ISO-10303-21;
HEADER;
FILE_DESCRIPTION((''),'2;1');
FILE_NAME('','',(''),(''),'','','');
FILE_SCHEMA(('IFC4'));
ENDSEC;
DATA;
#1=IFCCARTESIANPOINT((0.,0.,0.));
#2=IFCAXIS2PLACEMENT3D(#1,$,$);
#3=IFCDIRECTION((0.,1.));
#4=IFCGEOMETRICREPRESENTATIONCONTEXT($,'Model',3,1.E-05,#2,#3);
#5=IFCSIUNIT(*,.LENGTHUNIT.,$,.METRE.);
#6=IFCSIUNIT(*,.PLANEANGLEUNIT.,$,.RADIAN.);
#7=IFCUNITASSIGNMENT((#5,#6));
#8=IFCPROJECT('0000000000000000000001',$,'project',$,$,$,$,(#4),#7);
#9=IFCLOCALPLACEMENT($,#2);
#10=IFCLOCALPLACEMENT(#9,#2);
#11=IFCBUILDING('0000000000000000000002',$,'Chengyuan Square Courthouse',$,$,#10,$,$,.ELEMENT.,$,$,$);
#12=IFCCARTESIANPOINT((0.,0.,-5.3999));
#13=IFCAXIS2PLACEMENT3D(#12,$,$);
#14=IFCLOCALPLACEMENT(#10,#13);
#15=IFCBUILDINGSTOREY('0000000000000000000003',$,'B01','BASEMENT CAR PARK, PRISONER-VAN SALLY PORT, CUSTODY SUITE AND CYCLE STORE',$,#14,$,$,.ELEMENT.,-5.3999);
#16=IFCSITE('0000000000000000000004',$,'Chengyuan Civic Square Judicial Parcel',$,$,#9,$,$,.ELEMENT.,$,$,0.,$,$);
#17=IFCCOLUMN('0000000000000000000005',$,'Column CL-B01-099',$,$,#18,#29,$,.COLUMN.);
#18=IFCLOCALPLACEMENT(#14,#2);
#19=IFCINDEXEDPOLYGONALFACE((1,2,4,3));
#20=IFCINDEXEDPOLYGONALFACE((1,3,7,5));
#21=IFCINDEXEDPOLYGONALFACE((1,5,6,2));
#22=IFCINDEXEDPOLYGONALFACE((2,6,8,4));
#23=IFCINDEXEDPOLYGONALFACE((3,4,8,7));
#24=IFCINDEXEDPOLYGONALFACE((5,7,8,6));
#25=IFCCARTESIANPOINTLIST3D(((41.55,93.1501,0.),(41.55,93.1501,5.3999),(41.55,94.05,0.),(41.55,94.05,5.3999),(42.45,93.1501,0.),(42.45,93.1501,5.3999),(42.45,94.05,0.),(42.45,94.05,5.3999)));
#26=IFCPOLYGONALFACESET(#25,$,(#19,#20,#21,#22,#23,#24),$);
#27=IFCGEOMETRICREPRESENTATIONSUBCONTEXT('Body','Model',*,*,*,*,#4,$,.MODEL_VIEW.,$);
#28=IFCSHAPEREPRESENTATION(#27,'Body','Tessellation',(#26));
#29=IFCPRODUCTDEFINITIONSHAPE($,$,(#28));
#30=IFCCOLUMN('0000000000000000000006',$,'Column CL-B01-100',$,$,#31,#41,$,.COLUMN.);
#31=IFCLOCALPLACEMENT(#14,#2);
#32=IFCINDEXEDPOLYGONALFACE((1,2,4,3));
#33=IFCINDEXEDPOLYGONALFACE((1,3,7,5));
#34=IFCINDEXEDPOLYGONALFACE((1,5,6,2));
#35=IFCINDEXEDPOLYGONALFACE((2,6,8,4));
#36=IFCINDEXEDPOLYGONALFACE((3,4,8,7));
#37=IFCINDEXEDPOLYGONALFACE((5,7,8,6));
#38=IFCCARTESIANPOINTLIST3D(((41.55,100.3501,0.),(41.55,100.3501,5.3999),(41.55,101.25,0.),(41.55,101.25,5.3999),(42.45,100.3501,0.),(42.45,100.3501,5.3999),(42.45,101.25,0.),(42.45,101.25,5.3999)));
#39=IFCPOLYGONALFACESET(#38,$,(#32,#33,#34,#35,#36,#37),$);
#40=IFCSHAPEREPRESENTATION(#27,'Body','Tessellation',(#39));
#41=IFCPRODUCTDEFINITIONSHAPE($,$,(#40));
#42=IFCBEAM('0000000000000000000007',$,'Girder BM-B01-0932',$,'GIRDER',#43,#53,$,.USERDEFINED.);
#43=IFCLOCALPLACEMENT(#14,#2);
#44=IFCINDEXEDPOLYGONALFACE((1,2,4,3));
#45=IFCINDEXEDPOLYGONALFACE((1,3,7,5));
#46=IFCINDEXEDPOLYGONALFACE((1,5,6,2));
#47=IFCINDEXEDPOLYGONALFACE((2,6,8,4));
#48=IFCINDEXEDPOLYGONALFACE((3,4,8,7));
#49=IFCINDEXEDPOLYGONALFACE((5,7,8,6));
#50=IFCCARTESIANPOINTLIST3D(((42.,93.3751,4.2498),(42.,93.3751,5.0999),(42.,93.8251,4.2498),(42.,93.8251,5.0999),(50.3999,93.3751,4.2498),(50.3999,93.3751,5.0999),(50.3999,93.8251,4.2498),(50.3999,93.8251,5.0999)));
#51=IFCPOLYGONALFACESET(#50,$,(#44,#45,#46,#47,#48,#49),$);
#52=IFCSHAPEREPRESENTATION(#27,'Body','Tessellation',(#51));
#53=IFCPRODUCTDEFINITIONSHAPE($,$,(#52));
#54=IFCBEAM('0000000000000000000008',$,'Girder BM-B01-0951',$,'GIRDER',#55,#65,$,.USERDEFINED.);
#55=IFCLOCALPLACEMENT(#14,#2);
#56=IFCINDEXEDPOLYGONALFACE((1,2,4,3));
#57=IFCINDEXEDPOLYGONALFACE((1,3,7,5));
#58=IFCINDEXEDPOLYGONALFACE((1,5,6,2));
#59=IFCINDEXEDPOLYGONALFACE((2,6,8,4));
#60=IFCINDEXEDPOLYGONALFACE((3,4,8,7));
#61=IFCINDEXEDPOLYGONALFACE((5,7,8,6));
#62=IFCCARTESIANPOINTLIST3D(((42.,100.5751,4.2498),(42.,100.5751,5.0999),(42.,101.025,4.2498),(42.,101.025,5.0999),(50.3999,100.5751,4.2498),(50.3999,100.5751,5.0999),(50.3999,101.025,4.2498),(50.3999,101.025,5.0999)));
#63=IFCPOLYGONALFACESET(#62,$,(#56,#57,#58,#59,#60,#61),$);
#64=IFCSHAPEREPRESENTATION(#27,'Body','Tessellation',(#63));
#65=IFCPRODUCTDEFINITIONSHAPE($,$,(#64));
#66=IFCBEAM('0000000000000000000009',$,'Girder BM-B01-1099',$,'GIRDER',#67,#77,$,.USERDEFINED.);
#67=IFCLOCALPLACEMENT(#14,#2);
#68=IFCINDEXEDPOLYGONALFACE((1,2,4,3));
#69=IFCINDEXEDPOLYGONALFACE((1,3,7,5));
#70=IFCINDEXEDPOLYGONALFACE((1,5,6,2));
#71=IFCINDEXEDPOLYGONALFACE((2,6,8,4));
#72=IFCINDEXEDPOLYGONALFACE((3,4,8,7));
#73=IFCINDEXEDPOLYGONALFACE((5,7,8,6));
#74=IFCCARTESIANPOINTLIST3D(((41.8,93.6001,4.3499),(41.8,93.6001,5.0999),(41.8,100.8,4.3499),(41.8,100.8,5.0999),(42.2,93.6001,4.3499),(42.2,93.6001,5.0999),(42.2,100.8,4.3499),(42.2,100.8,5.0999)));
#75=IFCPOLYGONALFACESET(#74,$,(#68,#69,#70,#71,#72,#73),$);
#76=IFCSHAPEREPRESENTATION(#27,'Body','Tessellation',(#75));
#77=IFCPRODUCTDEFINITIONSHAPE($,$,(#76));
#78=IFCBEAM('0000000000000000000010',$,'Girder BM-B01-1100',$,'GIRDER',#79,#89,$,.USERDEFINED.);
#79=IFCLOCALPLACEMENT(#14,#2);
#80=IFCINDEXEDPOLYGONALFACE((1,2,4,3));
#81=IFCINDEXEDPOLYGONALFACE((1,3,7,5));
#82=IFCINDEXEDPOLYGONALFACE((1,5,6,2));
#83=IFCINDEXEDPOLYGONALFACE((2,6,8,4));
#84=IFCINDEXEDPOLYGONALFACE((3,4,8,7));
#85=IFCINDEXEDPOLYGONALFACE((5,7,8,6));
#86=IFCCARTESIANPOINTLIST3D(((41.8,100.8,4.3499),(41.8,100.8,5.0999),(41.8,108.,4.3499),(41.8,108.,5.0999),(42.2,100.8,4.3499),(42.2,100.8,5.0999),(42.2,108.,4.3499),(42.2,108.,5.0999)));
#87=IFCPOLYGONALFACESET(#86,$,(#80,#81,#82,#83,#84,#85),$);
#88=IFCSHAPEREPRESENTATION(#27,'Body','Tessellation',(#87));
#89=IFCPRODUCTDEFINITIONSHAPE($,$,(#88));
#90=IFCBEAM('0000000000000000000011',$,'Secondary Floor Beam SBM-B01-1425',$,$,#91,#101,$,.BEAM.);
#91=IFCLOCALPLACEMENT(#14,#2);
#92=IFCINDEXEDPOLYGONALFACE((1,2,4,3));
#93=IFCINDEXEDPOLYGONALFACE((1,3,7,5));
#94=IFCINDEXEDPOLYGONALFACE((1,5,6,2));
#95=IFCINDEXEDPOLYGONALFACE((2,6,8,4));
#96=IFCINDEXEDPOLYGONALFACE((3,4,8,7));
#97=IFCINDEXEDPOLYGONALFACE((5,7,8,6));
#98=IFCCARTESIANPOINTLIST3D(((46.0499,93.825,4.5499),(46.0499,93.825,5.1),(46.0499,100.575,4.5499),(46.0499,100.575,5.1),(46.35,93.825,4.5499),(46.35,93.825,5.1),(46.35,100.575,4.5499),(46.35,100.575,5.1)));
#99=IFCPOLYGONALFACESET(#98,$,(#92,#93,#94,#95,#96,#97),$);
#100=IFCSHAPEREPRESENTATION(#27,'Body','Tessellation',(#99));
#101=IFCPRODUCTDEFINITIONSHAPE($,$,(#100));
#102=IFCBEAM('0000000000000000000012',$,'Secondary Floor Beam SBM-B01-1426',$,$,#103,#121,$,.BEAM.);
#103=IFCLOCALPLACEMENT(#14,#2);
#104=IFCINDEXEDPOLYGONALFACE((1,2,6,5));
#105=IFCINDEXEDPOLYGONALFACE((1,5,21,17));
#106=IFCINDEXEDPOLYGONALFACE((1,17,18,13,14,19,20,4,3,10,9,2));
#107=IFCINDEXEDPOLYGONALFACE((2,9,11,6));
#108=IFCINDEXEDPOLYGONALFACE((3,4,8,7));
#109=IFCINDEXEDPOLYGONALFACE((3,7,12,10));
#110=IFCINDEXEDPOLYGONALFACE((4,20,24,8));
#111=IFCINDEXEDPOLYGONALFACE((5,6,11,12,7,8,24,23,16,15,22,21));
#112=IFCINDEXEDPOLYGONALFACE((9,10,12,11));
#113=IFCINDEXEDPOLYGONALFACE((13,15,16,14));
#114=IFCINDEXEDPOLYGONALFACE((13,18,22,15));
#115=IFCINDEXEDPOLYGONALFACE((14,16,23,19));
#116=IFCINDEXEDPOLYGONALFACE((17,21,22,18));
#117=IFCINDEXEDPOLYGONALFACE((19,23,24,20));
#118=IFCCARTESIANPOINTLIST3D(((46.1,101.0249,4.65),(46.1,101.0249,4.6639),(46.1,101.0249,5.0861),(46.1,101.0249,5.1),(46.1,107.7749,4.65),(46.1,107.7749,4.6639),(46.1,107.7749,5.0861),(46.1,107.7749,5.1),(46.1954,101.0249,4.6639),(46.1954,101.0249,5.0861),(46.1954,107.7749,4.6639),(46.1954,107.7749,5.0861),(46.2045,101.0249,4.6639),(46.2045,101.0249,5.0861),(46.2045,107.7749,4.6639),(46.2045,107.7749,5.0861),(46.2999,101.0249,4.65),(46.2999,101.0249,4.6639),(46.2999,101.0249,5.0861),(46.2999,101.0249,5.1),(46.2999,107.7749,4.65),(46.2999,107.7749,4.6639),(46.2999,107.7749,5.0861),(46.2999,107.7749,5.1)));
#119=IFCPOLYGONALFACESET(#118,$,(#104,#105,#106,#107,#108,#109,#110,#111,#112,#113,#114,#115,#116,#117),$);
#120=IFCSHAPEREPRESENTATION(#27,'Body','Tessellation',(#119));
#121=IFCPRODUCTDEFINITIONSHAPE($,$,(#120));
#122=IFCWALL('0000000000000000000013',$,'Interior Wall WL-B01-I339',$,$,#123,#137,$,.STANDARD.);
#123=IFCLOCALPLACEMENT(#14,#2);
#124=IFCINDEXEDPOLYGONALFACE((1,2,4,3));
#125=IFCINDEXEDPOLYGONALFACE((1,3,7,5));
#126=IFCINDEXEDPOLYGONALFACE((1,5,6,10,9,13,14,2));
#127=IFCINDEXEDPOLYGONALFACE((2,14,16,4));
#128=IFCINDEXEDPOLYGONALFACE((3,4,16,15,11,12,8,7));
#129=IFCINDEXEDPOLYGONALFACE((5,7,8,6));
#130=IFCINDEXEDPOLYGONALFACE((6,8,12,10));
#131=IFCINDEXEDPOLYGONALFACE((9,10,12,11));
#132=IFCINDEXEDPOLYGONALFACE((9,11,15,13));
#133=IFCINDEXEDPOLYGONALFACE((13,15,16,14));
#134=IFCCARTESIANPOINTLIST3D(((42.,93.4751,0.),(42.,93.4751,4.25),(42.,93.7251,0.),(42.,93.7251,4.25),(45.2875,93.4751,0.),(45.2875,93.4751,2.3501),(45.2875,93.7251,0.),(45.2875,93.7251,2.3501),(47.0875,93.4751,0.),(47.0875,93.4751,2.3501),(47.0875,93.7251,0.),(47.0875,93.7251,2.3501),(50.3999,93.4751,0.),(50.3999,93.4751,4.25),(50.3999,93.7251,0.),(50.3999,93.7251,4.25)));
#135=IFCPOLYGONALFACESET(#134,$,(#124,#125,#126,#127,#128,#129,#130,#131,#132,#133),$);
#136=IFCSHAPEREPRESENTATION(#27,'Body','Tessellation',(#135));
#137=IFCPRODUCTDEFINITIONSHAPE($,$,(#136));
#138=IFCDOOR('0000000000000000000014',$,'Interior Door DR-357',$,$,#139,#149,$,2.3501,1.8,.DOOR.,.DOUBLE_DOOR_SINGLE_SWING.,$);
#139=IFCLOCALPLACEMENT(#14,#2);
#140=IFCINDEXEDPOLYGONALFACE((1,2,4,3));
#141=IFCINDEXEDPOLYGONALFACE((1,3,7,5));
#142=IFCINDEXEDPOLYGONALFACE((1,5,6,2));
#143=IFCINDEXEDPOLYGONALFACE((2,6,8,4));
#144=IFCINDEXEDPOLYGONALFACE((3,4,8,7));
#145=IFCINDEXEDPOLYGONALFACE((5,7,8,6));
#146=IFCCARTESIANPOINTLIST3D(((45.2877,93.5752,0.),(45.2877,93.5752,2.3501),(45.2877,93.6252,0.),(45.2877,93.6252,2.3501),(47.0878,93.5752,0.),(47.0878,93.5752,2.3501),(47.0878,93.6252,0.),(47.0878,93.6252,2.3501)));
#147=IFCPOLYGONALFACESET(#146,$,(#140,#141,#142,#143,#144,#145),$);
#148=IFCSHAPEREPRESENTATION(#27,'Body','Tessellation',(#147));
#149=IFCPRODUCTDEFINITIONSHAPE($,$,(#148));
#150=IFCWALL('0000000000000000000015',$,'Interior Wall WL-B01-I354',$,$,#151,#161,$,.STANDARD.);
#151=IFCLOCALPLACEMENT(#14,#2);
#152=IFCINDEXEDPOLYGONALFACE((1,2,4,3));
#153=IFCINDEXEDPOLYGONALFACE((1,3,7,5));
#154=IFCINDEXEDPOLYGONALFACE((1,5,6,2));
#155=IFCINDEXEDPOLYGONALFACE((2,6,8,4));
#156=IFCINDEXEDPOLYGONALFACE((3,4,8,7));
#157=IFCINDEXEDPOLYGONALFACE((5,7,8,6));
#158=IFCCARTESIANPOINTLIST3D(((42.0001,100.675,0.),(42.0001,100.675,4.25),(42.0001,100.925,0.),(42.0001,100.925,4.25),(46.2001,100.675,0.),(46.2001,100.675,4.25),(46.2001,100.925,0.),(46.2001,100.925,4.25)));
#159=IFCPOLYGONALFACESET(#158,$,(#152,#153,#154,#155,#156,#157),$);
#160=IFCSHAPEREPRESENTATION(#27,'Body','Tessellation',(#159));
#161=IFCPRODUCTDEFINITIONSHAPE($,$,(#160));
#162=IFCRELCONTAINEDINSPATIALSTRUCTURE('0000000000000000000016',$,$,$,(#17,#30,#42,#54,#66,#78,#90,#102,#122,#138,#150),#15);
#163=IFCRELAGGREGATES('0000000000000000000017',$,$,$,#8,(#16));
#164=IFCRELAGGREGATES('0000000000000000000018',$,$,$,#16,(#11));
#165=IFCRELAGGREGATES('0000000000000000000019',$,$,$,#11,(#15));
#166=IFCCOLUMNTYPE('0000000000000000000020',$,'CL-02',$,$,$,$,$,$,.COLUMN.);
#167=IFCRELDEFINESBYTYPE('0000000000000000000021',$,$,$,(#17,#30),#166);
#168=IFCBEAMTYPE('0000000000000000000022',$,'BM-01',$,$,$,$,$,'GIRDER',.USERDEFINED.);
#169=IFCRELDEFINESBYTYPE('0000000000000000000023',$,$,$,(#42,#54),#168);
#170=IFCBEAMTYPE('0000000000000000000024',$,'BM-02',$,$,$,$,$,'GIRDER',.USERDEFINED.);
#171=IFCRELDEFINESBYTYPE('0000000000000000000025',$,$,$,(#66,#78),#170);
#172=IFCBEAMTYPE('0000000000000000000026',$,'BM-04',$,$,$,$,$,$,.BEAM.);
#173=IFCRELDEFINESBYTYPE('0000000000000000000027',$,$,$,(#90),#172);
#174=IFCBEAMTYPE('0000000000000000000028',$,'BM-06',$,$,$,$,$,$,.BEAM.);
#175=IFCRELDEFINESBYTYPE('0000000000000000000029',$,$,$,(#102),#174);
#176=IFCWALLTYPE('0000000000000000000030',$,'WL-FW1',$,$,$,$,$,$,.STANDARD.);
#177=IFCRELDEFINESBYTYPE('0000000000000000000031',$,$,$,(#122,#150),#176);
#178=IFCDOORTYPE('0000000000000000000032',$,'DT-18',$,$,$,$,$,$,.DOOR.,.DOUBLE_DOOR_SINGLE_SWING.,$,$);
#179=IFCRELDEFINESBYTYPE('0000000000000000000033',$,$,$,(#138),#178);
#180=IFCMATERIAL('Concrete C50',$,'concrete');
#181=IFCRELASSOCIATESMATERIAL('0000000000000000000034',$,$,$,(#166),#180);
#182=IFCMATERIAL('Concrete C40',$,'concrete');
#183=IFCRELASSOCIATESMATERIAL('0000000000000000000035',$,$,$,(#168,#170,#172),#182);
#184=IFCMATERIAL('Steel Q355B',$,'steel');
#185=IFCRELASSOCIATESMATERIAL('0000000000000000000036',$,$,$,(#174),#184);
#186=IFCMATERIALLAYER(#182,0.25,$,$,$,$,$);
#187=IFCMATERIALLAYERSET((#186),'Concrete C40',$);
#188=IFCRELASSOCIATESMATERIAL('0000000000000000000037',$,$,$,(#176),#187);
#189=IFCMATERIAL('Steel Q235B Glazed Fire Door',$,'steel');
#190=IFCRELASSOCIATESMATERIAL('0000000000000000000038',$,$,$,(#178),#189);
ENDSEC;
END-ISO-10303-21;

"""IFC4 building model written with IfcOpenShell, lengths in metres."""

from ifc_helpers import new_model, si_unit, direction, frame, frame_2d, origin, origin_2d, place, context, subcontext, project, spatial, rectangle, i_section, extrude, material, layer, layer_set, material_profile, profile_set, type_object, element, fill, save


model = new_model("IFC4")

# Units and contexts
model_context = context("Model", 3, precision=1e-05, world=origin(), true_north=direction((0.0, 1.0)))
body_context = subcontext(model_context, "Body", "Model", "MODEL_VIEW")
ifc_project = project(units=[si_unit("LENGTHUNIT", "METRE"), si_unit("PLANEANGLEUNIT", "RADIAN")], contexts=[model_context])

# Site, building, storey
site_placement = place(None, origin())
site = spatial("IfcSite", under=ifc_project, at=site_placement, Name="Chengyuan Civic Square Judicial Parcel", CompositionType="ELEMENT", RefElevation=0.0)
building_placement = place(site_placement, origin())
building = spatial("IfcBuilding", under=site, at=building_placement, Name="Chengyuan Square Courthouse", CompositionType="ELEMENT")
storey_placement = place(building_placement, frame((0.0, 0.0, -5.3999)))
storey = spatial("IfcBuildingStorey", under=building, at=storey_placement, Name="B01", Description="BASEMENT CAR PARK, PRISONER-VAN SALLY PORT, CUSTODY SUITE AND CYCLE STORE", CompositionType="ELEMENT", Elevation=-5.3999)

# Columns
ifc_material_1 = material(Name="Concrete C50", Category="concrete")
ifc_material_profile_1 = material_profile(ifc_material_1, rectangle(XDim=0.8999, YDim=0.8999, at=origin_2d()), Name="RC-COL-900x900")
ifc_profile_set_1 = profile_set([ifc_material_profile_1], Name="Concrete C50")
column_type = type_object("IfcColumnType", Name="CL-02", PredefinedType="COLUMN", material=ifc_profile_set_1)
for number, where, z_axis, x_axis, name in (
    (1, (42.0, 93.6001, 0.0), (0.0, 0.0, 1.0), (1.0, 0.0, 0.0), "Column CL-B01-099"),
    (2, (42.0, 100.8, 0.0), (0.0, 0.0, 1.0), (1.0, 0.0, 0.0), "Column CL-B01-100"),
):
    element("IfcColumn", number, at=place(storey_placement, frame(where, z_axis=z_axis, x_axis=x_axis)), inside=storey, type_object=column_type, Name=name, PredefinedType="COLUMN", context=body_context, shape_type="SweptSolid", body=[
        extrude(rectangle(XDim=0.8999, YDim=0.8999, at=origin_2d()), origin(), (0.0, 0.0, 1.0), 5.3999),
    ])

# Beams
ifc_material_2 = material(Name="Concrete C40", Category="concrete")
ifc_material_profile_2 = material_profile(ifc_material_2, rectangle(XDim=0.45, YDim=0.8501, at=origin_2d()), Name="RC-BM-450x850")
ifc_profile_set_2 = profile_set([ifc_material_profile_2], Name="Concrete C40")
beam_type_1 = type_object("IfcBeamType", Name="BM-01", ElementType="GIRDER", PredefinedType="USERDEFINED", material=ifc_profile_set_2)
for number, where, z_axis, x_axis, name in (
    (3, (42.0, 93.6001, 4.6748), (1.0, 0.0, 0.0), (0.0, 1.0, 0.0), "Girder BM-B01-0932"),
    (4, (42.0, 100.8, 4.6748), (1.0, 0.0, 0.0), (0.0, 1.0, 0.0), "Girder BM-B01-0951"),
):
    element("IfcBeam", number, at=place(storey_placement, frame(where, z_axis=z_axis, x_axis=x_axis)), inside=storey, type_object=beam_type_1, Name=name, ObjectType="GIRDER", PredefinedType="USERDEFINED", context=body_context, shape_type="SweptSolid", body=[
        extrude(rectangle(XDim=0.45, YDim=0.8501, at=origin_2d()), origin(), (0.0, 0.0, 1.0), 8.3999),
    ])
ifc_material_profile_3 = material_profile(ifc_material_2, rectangle(XDim=0.3999, YDim=0.75, at=origin_2d()), Name="RC-BM-400x750")
ifc_profile_set_3 = profile_set([ifc_material_profile_3], Name="Concrete C40")
beam_type_2 = type_object("IfcBeamType", Name="BM-02", ElementType="GIRDER", PredefinedType="USERDEFINED", material=ifc_profile_set_3)
for number, where, z_axis, x_axis, name in (
    (5, (42.0, 93.6001, 4.7249), (0.0, 1.0, 0.0), (-1.0, 0.0, 0.0), "Girder BM-B01-1099"),
    (6, (42.0, 100.8, 4.7249), (0.0, 1.0, 0.0), (-1.0, 0.0, 0.0), "Girder BM-B01-1100"),
):
    element("IfcBeam", number, at=place(storey_placement, frame(where, z_axis=z_axis, x_axis=x_axis)), inside=storey, type_object=beam_type_2, Name=name, ObjectType="GIRDER", PredefinedType="USERDEFINED", context=body_context, shape_type="SweptSolid", body=[
        extrude(rectangle(XDim=0.3999, YDim=0.75, at=origin_2d()), origin(), (0.0, 0.0, 1.0), 7.2),
    ])
ifc_material_profile_4 = material_profile(ifc_material_2, rectangle(XDim=0.3, YDim=0.55, at=origin_2d()), Name="RC-BM-300x550")
ifc_profile_set_4 = profile_set([ifc_material_profile_4], Name="Concrete C40")
beam_type_3 = type_object("IfcBeamType", Name="BM-04", PredefinedType="BEAM", material=ifc_profile_set_4)
beam_1_placement = place(storey_placement, frame((46.2, 93.825, 4.825), z_axis=(0.0, 1.0, 0.0), x_axis=(-1.0, 0.0, 0.0)))
element("IfcBeam", 7, at=beam_1_placement, inside=storey, type_object=beam_type_3, Name="Secondary Floor Beam SBM-B01-1425", PredefinedType="BEAM", context=body_context, shape_type="SweptSolid", body=[
    extrude(rectangle(XDim=0.3, YDim=0.55, at=origin_2d()), origin(), (0.0, 0.0, 1.0), 6.75),
])
ifc_material_3 = material(Name="Steel Q355B", Category="steel")
ifc_material_profile_5 = material_profile(ifc_material_3, i_section(OverallWidth=0.2, OverallDepth=0.45, WebThickness=0.009, FlangeThickness=0.0139, at=origin_2d()), Name="HN 450x200x9x14")
ifc_profile_set_5 = profile_set([ifc_material_profile_5], Name="Steel Q355B")
beam_type_4 = type_object("IfcBeamType", Name="BM-06", PredefinedType="BEAM", material=ifc_profile_set_5)
beam_2_placement = place(storey_placement, frame((46.2, 101.0249, 4.875), z_axis=(0.0, 1.0, 0.0), x_axis=(-1.0, 0.0, 0.0)))
element("IfcBeam", 8, at=beam_2_placement, inside=storey, type_object=beam_type_4, Name="Secondary Floor Beam SBM-B01-1426", PredefinedType="BEAM", context=body_context, shape_type="SweptSolid", body=[
    extrude(i_section(OverallWidth=0.2, OverallDepth=0.45, WebThickness=0.009, FlangeThickness=0.0139, at=origin_2d()), origin(), (0.0, 0.0, 1.0), 6.75),
])

# Wall, opening, door
ifc_layer_1 = layer(ifc_material_2, 0.25)
ifc_layer_set_1 = layer_set([ifc_layer_1], Name="Concrete C40")
wall_type_1 = type_object("IfcWallType", Name="WL-FW1", PredefinedType="STANDARD", material=ifc_layer_set_1)
wall_1_placement = place(storey_placement, frame((42.0, 93.6001, 0.0), z_axis=(0.0, 0.0, 1.0), x_axis=(1.0, 0.0, 0.0)))
wall_1 = element("IfcWall", 9, at=wall_1_placement, inside=storey, type_object=wall_type_1, Name="Interior Wall WL-B01-I339", PredefinedType="STANDARD", context=body_context, shape_type="SweptSolid", body=[
    extrude(rectangle(XDim=8.3999, YDim=0.25, at=frame_2d((4.2, 0.0))), origin(), (0.0, 0.0, 1.0), 4.25),
])
opening_1_placement = place(wall_1_placement, frame((3.2876, 0.0, 0.0)))
opening_1 = element("IfcOpeningElement", 10, at=opening_1_placement, cuts=wall_1, PredefinedType="OPENING", context=body_context, shape_type="SweptSolid", body=[
    extrude(rectangle(XDim=1.8, YDim=2.3501, at=frame_2d((0.8999, 1.175))), frame((0.0, 0.137, 0.0), z_axis=(0.0, -1.0, 0.0), x_axis=(1.0, 0.0, 0.0)), (0.0, 0.0, 1.0), 0.2739),
])
ifc_material_4 = material(Name="Steel Q235B Glazed Fire Door", Category="steel")
door_type_1 = type_object("IfcDoorType", Name="DT-18", OperationType="DOUBLE_DOOR_SINGLE_SWING", PredefinedType="DOOR", material=ifc_material_4)
door_1_placement = place(opening_1_placement, frame((1.8, 0.0, 0.0), z_axis=(0.0, 0.0, 1.0), x_axis=(-1.0, 0.0, 0.0)))
door_1 = element("IfcDoor", 11, at=door_1_placement, inside=storey, type_object=door_type_1, Name="Interior Door DR-357", OperationType="DOUBLE_DOOR_SINGLE_SWING", OverallHeight=2.3501, OverallWidth=1.8, PredefinedType="DOOR", context=body_context, shape_type="SweptSolid", body=[
    extrude(rectangle(XDim=1.8, YDim=2.3501, at=frame_2d((0.8999, 1.175))), frame((0.0, 0.0249, 0.0), z_axis=(0.0, -1.0, 0.0), x_axis=(1.0, 0.0, 0.0)), (0.0, 0.0, 1.0), 0.05),
])
fill(opening_1, door_1)

# Wall
wall_2_placement = place(storey_placement, frame((42.0, 100.8, 0.0), z_axis=(0.0, 0.0, 1.0), x_axis=(1.0, 0.0, 0.0)))
element("IfcWall", 12, at=wall_2_placement, inside=storey, type_object=wall_type_1, Name="Interior Wall WL-B01-I354", PredefinedType="STANDARD", context=body_context, shape_type="SweptSolid", body=[
    extrude(rectangle(XDim=4.2, YDim=0.25, at=frame_2d((2.1001, 0.0))), origin(), (0.0, 0.0, 1.0), 4.25),
])

save(model, "model.ifc")
